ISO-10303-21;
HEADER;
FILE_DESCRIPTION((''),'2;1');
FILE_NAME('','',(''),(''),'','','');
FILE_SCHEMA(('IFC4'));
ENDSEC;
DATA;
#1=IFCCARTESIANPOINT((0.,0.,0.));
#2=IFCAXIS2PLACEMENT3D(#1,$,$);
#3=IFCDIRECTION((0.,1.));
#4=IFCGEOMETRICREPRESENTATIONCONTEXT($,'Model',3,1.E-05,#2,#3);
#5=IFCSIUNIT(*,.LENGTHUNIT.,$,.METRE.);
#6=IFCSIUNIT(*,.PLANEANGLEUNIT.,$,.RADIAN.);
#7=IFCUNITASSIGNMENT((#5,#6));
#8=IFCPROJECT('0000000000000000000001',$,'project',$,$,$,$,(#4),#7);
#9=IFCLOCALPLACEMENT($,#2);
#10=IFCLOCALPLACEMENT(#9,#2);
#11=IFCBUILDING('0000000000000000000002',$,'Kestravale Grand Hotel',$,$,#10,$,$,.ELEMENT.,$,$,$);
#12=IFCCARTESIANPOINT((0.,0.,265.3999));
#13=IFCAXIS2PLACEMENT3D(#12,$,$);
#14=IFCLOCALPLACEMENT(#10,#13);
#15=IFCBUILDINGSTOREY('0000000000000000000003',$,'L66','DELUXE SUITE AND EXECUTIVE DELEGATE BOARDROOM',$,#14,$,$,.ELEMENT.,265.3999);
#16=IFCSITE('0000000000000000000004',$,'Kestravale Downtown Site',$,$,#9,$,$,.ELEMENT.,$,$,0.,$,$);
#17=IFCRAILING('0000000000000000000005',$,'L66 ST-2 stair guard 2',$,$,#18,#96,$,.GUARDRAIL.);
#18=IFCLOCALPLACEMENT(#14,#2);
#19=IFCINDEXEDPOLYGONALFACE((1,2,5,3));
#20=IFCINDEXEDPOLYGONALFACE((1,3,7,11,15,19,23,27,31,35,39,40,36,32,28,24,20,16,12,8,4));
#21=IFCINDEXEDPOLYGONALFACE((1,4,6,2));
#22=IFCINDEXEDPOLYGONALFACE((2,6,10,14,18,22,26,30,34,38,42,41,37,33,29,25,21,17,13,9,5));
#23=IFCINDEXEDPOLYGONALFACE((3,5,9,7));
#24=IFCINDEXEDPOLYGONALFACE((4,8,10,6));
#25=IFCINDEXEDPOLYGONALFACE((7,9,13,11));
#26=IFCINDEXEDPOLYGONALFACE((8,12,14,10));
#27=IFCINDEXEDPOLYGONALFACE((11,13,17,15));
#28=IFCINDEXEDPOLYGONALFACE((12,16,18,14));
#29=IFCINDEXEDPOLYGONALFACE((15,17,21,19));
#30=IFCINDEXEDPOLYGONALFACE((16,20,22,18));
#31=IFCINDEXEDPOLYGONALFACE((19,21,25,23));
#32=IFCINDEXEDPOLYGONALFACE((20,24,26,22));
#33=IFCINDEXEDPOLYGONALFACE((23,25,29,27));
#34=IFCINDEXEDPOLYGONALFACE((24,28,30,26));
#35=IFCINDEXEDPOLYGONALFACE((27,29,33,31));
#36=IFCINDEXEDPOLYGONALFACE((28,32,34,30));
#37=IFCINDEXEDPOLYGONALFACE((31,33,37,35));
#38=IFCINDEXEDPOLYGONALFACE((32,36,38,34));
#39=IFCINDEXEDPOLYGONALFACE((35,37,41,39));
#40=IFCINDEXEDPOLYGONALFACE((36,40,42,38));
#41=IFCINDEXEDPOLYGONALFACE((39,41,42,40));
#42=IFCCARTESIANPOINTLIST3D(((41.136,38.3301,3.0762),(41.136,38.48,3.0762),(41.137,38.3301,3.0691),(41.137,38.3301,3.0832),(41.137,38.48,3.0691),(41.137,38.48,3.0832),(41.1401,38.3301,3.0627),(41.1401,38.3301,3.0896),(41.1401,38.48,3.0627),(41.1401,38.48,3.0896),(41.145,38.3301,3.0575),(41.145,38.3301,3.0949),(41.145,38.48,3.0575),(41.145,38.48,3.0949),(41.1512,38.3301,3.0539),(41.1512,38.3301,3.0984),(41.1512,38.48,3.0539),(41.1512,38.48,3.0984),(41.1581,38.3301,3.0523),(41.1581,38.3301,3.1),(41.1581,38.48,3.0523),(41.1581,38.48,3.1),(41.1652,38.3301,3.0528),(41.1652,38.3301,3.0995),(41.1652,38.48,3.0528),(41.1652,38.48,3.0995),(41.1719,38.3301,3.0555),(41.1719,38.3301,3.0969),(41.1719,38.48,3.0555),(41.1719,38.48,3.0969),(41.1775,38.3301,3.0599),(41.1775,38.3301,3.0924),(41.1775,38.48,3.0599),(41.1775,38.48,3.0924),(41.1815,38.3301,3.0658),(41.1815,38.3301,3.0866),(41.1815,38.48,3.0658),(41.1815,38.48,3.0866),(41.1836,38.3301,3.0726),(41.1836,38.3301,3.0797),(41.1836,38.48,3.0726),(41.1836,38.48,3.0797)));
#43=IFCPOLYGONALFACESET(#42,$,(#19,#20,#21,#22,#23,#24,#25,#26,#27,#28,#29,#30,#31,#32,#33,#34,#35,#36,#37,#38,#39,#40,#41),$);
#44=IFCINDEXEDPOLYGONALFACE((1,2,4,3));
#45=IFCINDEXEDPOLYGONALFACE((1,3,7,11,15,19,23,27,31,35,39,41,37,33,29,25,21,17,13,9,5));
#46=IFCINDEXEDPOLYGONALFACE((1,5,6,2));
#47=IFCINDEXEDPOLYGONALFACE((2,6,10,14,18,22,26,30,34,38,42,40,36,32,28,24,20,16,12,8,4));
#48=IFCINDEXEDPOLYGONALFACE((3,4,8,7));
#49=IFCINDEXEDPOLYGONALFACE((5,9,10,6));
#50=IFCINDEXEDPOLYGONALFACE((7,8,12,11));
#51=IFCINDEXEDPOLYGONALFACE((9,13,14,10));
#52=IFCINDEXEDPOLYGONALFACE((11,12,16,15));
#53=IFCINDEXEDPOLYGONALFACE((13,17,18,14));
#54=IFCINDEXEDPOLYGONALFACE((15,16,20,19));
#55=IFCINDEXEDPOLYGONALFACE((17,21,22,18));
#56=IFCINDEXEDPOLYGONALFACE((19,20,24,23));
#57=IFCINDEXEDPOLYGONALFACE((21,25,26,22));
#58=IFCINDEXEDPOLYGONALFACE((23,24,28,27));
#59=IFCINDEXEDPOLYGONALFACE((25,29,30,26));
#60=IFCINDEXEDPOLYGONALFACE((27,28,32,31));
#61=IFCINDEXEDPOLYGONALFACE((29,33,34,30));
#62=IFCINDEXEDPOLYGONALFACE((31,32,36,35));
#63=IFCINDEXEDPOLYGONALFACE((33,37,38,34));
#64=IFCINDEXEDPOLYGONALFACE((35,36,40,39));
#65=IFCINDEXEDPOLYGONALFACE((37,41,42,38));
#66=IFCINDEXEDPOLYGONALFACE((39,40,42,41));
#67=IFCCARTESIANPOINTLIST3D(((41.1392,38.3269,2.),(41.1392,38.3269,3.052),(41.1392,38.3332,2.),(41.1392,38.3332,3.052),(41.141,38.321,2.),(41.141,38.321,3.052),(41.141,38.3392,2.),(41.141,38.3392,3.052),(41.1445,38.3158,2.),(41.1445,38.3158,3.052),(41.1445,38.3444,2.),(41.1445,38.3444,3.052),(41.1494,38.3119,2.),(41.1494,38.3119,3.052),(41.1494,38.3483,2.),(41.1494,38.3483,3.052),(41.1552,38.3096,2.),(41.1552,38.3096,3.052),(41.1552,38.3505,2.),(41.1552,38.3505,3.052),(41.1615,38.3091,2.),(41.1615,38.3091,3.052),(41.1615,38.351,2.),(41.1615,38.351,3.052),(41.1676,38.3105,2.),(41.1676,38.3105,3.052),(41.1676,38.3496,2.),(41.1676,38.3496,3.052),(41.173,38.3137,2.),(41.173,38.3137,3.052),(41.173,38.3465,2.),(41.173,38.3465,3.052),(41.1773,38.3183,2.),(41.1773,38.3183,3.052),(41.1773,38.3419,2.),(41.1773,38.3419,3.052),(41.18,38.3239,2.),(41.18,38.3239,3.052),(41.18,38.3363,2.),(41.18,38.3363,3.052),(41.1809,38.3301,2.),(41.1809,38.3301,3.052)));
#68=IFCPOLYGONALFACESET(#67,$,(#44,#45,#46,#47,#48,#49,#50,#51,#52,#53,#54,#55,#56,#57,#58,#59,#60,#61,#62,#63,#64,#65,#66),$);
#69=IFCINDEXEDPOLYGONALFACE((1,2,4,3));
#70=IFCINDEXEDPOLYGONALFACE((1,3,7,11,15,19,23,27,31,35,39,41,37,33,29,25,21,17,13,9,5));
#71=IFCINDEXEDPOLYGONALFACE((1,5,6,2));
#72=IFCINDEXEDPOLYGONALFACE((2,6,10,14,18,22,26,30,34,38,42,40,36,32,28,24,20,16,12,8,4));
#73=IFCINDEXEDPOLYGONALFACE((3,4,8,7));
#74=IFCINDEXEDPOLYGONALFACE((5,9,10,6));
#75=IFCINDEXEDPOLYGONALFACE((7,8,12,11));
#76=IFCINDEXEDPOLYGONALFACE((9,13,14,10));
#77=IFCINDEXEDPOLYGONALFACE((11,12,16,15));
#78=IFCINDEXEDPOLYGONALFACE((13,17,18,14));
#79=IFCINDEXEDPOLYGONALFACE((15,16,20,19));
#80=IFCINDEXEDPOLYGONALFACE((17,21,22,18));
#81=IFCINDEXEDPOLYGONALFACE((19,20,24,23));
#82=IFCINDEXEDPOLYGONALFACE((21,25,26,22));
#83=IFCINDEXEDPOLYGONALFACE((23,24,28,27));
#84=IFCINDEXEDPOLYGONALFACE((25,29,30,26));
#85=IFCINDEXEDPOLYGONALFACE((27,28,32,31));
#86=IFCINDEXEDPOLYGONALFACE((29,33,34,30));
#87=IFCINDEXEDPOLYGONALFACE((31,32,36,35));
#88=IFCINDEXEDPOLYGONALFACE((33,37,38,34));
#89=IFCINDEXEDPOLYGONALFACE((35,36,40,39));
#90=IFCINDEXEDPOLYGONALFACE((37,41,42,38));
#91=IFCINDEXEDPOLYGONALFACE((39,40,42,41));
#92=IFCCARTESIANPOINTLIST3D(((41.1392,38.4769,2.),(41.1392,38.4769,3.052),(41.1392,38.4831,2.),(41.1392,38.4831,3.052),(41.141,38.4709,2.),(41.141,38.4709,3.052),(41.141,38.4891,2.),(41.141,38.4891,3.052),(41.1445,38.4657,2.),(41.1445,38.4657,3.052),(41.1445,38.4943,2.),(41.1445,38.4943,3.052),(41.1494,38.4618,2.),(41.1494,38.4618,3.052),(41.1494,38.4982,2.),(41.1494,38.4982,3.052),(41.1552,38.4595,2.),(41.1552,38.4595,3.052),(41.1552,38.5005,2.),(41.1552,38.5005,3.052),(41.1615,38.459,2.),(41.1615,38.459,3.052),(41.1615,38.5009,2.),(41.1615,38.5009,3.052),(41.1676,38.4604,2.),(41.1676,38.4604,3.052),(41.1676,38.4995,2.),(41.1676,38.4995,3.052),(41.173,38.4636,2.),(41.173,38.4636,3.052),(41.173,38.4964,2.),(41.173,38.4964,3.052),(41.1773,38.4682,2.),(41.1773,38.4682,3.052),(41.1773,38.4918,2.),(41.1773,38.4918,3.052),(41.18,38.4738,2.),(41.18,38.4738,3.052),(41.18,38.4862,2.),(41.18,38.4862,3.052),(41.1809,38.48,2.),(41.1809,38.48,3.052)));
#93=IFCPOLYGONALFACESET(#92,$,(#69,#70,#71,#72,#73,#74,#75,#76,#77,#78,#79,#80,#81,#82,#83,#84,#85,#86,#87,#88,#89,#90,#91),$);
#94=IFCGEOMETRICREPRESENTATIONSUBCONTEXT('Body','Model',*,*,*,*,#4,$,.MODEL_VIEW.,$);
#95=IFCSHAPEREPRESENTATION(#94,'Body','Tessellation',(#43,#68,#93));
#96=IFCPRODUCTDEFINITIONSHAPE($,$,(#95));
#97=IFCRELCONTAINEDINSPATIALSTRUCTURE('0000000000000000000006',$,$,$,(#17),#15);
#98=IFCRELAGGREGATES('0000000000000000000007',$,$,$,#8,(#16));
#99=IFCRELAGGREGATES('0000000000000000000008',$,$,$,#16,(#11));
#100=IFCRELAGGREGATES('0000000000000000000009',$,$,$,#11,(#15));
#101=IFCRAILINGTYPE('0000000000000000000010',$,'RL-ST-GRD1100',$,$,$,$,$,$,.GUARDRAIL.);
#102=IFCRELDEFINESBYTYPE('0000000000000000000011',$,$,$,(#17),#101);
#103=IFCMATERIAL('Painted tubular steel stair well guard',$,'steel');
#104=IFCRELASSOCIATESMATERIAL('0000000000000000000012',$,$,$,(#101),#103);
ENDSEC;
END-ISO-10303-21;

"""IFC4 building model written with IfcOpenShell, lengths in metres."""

from ifc_helpers import new_model, si_unit, direction, frame, origin, origin_2d, place, context, subcontext, project, spatial, circle, extrude, material, type_object, element, save


model = new_model("IFC4")

# Units and contexts
model_context = context("Model", 3, precision=1e-05, world=origin(), true_north=direction((0.0, 1.0)))
body_context = subcontext(model_context, "Body", "Model", "MODEL_VIEW")
ifc_project = project(units=[si_unit("LENGTHUNIT", "METRE"), si_unit("PLANEANGLEUNIT", "RADIAN")], contexts=[model_context])

# Site, building, storey
site_placement = place(None, origin())
site = spatial("IfcSite", under=ifc_project, at=site_placement, Name="Kestravale Downtown Site", CompositionType="ELEMENT", RefElevation=0.0)
building_placement = place(site_placement, origin())
building = spatial("IfcBuilding", under=site, at=building_placement, Name="Kestravale Grand Hotel", CompositionType="ELEMENT")
storey_placement = place(building_placement, frame((0.0, 0.0, 265.3999)))
storey = spatial("IfcBuildingStorey", under=building, at=storey_placement, Name="L66", Description="DELUXE SUITE AND EXECUTIVE DELEGATE BOARDROOM", CompositionType="ELEMENT", Elevation=265.3999)

# Railing
ifc_material_1 = material(Name="Painted tubular steel stair well guard", Category="steel")
railing_type_1 = type_object("IfcRailingType", Name="RL-ST-GRD1100", PredefinedType="GUARDRAIL", material=ifc_material_1)
railing_1_placement = place(storey_placement, frame((41.1599, 38.3301, 2.0)))
element("IfcRailing", 1, at=railing_1_placement, inside=storey, type_object=railing_type_1, Name="L66 ST-2 stair guard 2", PredefinedType="GUARDRAIL", context=body_context, shape_type="SweptSolid", body=[
    extrude(circle(Radius=0.0239, at=origin_2d()), frame((0.0, 0.0, 1.0762), z_axis=(0.0, 1.0, 0.0), x_axis=(-1.0, 0.0, 0.0)), (0.0, 0.0, 1.0), 0.1499),
    extrude(circle(Radius=0.021, at=origin_2d()), origin(), (0.0, 0.0, 1.0), 1.052),
    extrude(circle(Radius=0.021, at=origin_2d()), frame((0.0, 0.1499, 0.0)), (0.0, 0.0, 1.0), 1.052),
])

save(model, "model.ifc")
